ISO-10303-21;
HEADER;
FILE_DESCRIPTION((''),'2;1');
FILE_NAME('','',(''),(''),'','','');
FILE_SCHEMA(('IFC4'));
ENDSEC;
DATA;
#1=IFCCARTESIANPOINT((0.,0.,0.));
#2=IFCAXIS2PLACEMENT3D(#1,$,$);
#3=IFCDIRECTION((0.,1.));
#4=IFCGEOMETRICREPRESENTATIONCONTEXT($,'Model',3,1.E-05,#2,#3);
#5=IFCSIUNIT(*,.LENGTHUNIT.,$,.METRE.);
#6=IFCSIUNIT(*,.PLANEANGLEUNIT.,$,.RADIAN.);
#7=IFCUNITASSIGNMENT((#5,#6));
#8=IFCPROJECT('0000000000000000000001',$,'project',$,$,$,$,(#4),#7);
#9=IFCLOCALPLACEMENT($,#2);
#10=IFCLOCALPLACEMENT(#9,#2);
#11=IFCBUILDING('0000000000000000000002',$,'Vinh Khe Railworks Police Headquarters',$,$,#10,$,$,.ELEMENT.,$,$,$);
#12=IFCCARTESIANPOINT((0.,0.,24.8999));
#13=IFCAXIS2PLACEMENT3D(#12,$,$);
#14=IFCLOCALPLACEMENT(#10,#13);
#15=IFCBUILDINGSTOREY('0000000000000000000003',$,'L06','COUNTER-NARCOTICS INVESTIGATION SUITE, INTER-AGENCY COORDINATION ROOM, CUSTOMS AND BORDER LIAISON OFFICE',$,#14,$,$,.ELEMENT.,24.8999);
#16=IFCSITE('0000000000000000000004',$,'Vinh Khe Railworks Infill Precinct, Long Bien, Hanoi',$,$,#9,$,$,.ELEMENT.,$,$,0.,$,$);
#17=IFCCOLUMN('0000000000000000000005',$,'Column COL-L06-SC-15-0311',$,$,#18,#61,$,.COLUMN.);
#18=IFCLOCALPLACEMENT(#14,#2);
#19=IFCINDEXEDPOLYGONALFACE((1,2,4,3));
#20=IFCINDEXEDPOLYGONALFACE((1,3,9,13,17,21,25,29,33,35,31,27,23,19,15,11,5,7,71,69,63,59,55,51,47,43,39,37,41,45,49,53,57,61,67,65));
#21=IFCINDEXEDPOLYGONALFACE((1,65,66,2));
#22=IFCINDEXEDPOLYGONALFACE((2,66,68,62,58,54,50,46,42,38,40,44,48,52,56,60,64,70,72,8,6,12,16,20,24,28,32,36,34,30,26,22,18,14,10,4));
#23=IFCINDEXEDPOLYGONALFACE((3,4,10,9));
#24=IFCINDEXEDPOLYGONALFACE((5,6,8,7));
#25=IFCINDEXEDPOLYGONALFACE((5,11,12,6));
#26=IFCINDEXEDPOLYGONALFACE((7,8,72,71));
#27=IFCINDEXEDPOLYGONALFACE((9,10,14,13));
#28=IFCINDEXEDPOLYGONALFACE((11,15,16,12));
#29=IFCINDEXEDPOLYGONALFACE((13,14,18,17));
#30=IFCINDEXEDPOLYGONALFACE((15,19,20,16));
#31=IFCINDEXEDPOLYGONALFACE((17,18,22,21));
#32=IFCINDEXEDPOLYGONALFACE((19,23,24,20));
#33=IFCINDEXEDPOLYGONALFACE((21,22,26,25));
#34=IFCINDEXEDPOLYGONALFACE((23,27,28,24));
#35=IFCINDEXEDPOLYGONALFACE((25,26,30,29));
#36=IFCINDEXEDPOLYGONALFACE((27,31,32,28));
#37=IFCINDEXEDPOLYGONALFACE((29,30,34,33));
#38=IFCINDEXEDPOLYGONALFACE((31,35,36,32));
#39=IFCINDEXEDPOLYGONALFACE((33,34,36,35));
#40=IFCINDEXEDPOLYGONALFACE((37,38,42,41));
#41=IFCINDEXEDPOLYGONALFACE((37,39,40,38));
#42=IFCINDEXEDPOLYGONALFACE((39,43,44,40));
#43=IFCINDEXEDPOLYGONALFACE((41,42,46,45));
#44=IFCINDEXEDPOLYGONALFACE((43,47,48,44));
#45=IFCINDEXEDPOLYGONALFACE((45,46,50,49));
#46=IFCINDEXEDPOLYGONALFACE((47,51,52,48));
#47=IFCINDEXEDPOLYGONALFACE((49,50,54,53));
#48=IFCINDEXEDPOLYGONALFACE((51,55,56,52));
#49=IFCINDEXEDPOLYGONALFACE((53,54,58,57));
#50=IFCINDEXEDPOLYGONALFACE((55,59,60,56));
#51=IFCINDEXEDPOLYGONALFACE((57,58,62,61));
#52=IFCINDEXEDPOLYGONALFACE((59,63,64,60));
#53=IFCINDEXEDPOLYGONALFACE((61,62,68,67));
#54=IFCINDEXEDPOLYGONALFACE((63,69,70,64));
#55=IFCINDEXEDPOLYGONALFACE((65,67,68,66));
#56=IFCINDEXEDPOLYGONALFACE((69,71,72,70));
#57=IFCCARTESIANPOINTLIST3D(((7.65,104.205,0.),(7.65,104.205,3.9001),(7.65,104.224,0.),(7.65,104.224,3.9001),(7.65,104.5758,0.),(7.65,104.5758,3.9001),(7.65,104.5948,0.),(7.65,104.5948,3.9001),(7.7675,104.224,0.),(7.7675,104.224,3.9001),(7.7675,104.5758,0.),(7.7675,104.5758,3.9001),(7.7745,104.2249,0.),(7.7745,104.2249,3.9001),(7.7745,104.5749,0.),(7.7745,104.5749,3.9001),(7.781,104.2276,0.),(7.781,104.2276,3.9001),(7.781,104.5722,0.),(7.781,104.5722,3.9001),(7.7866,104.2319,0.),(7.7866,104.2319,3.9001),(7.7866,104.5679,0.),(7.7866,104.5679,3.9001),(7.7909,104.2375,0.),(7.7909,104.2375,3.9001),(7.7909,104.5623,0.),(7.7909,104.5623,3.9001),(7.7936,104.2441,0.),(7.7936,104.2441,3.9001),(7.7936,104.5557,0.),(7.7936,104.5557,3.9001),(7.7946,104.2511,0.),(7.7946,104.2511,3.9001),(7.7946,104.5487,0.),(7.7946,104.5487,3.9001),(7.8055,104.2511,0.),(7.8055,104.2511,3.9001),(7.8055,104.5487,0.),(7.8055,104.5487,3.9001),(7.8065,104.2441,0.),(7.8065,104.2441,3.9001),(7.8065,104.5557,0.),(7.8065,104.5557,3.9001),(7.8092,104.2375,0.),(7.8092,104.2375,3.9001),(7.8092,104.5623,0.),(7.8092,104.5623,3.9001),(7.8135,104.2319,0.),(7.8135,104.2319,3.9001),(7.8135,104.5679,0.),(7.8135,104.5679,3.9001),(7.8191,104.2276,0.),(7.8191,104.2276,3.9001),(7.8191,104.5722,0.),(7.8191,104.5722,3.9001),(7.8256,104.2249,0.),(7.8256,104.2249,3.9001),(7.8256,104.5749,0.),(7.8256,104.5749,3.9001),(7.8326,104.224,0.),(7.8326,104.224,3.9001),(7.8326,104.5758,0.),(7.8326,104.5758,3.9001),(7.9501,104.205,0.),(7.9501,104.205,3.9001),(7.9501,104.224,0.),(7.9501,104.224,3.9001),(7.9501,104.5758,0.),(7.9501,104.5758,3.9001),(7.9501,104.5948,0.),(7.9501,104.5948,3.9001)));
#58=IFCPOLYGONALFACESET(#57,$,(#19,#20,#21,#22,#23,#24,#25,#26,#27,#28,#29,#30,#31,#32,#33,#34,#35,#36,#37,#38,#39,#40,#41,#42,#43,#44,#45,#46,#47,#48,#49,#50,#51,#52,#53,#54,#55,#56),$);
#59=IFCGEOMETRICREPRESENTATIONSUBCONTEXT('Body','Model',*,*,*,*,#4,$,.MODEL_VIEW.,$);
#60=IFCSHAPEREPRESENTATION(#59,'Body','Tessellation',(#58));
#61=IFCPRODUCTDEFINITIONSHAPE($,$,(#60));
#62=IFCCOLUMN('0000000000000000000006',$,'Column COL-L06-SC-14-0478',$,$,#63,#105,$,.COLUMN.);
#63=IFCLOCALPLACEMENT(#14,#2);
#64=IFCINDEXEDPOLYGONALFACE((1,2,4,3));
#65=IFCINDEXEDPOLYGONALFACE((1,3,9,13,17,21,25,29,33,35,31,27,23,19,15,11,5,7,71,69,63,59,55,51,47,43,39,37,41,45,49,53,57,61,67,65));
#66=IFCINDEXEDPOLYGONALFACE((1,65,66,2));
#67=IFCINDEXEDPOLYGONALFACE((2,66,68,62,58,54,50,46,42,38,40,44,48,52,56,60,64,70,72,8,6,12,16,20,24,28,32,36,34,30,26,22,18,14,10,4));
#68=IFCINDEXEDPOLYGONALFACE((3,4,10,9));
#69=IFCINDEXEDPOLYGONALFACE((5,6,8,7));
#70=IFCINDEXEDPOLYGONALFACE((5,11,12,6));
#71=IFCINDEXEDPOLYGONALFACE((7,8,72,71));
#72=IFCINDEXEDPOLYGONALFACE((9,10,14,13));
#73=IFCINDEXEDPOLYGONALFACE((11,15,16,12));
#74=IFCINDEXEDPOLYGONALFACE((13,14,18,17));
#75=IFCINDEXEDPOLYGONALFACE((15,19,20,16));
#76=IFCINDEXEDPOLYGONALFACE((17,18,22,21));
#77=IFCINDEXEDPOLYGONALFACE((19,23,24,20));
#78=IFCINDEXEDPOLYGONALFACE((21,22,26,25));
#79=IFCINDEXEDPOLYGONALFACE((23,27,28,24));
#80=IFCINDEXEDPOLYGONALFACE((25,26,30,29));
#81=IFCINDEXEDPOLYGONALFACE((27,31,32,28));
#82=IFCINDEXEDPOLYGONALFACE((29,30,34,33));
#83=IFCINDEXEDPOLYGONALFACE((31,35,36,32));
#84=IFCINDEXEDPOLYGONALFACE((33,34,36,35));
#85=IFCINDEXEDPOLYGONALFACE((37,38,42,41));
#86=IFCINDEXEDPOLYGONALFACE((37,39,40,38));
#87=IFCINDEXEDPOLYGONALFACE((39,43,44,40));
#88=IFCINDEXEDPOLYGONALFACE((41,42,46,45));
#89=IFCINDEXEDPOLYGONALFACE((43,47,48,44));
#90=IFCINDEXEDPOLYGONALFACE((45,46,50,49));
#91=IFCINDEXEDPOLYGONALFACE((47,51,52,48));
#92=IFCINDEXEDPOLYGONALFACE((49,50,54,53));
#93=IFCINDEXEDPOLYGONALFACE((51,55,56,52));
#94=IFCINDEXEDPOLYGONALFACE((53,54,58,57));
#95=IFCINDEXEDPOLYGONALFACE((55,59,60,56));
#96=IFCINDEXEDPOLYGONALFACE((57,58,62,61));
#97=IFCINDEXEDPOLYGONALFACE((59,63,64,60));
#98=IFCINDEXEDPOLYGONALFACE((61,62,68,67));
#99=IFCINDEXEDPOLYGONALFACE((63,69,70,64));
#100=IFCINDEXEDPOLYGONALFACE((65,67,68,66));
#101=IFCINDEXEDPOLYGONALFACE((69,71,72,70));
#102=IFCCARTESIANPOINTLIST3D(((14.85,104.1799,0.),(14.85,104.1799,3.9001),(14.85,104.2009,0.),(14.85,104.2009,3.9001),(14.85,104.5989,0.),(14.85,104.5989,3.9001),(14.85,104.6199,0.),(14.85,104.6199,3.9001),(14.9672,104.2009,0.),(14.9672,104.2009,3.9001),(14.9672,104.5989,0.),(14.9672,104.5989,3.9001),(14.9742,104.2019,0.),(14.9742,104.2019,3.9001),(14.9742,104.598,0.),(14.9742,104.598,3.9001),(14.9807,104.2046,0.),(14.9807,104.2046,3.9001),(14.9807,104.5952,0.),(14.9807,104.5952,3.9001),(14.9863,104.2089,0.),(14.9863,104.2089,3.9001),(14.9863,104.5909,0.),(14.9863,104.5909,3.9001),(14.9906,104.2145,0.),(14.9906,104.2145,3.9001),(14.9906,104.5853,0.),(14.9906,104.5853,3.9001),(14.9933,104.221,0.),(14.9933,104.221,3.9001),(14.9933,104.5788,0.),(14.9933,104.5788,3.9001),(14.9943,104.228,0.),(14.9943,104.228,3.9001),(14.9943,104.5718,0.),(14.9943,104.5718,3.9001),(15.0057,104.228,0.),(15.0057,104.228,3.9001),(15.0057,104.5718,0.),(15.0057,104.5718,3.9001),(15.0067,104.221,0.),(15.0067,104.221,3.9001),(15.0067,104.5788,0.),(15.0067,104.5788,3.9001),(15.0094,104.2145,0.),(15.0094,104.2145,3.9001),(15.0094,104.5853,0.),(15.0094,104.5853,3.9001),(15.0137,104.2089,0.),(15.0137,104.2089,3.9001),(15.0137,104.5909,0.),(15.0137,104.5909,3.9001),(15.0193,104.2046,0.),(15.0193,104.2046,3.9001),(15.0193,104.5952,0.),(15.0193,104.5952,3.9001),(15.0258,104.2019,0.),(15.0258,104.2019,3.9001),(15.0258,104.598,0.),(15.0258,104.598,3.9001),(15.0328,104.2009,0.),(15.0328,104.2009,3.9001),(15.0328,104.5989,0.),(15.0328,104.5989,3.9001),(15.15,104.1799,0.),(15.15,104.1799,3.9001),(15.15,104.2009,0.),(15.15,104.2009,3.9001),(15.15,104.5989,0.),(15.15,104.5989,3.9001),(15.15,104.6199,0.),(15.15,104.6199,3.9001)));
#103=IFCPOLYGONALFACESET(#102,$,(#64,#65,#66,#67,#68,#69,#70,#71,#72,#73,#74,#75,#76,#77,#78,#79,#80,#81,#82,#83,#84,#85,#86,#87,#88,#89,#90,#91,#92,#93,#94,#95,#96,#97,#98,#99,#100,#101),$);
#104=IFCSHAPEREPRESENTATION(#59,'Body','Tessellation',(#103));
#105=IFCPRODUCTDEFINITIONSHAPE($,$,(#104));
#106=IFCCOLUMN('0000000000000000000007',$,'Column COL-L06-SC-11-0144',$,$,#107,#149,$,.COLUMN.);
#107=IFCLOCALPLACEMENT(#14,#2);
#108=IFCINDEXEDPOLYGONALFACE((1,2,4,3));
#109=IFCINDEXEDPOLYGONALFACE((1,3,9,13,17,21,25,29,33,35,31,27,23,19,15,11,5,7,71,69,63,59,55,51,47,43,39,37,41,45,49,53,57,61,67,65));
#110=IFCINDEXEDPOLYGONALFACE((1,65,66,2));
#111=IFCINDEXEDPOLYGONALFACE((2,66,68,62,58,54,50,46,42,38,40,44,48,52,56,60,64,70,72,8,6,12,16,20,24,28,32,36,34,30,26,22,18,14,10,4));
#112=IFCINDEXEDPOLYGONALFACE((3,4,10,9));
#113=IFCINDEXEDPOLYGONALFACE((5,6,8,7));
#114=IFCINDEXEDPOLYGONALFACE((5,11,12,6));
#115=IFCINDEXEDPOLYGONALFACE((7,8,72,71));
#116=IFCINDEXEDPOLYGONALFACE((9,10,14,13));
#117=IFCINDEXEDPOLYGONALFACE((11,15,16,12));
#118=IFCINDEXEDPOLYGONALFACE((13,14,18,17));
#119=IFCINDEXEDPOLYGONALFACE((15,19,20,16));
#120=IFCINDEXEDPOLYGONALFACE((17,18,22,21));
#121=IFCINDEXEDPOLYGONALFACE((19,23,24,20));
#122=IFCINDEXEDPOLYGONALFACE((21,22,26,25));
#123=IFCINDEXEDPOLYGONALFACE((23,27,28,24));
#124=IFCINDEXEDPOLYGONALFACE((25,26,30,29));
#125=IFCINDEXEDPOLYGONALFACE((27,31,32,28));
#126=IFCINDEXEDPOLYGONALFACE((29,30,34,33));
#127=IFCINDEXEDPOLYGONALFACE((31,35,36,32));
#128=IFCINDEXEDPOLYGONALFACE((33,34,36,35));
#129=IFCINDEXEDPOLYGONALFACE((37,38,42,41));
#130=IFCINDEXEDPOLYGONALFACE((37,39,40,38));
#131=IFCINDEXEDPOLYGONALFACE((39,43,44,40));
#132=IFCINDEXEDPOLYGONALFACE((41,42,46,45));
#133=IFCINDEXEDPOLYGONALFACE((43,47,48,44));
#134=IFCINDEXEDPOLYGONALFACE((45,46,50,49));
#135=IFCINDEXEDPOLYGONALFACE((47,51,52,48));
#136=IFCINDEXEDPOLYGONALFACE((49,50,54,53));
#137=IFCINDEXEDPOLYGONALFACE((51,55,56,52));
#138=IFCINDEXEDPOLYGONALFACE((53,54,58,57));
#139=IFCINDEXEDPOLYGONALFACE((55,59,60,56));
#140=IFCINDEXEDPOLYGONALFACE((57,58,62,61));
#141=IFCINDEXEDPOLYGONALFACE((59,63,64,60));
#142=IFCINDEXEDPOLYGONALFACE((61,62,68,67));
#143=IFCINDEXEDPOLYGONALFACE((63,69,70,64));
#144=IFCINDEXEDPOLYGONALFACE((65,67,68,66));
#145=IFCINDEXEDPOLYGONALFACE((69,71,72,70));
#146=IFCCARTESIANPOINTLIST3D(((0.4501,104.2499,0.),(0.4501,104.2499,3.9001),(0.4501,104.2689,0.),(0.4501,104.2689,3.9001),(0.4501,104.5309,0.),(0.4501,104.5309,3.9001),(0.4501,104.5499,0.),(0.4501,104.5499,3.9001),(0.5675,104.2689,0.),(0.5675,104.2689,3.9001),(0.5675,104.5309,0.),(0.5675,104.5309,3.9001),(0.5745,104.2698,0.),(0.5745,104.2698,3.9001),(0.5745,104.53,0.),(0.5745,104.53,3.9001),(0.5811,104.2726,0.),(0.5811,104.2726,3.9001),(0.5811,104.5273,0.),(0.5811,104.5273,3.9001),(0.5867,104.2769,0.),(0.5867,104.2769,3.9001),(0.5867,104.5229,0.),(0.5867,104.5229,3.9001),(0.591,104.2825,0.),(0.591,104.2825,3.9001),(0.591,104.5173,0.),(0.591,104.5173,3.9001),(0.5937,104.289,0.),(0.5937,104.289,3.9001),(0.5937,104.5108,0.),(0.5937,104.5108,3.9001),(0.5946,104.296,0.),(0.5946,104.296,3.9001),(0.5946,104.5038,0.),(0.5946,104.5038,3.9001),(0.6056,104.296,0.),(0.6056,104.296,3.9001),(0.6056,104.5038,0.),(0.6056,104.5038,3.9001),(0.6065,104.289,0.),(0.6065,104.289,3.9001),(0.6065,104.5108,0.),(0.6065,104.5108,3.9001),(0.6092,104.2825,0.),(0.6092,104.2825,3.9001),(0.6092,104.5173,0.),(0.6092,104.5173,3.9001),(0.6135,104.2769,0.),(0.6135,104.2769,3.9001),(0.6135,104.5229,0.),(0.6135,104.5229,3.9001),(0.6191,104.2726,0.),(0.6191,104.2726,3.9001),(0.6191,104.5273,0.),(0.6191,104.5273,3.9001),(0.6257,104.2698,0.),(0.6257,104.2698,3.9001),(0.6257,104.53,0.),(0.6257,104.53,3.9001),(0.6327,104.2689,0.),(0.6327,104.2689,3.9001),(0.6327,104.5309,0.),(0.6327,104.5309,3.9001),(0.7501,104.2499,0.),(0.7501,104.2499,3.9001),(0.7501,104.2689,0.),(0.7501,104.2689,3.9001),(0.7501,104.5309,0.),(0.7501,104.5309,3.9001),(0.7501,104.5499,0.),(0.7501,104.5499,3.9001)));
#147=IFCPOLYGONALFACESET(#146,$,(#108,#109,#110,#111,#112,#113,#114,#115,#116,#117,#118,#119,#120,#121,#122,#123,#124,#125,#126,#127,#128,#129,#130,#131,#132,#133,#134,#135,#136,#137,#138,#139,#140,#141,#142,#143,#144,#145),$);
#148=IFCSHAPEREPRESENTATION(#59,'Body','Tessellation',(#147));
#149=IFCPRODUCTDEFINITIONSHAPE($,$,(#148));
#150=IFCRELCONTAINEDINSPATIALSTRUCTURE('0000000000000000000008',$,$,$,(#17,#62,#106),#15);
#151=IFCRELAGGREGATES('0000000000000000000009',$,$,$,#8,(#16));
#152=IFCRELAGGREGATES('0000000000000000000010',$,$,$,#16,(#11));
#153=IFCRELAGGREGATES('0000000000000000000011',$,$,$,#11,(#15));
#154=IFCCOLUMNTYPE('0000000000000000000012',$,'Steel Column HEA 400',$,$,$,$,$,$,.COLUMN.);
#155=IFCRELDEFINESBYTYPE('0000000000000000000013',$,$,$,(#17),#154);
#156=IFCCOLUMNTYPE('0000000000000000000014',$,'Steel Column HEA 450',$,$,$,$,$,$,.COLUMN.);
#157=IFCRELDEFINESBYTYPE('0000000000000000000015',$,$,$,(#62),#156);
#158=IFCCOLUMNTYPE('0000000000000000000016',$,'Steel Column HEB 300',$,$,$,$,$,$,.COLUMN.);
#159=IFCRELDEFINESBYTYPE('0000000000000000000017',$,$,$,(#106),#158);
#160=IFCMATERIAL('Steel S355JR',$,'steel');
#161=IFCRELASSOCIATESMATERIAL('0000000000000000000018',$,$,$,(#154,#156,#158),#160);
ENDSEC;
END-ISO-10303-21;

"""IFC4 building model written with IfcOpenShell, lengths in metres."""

from ifc_helpers import new_model, si_unit, direction, frame, origin, origin_2d, place, context, subcontext, project, spatial, i_section, extrude, material, material_profile, profile_set, type_object, element, save


model = new_model("IFC4")

# Units and contexts
model_context = context("Model", 3, precision=1e-05, world=origin(), true_north=direction((0.0, 1.0)))
body_context = subcontext(model_context, "Body", "Model", "MODEL_VIEW")
ifc_project = project(units=[si_unit("LENGTHUNIT", "METRE"), si_unit("PLANEANGLEUNIT", "RADIAN")], contexts=[model_context])

# Site, building, storey
site_placement = place(None, origin())
site = spatial("IfcSite", under=ifc_project, at=site_placement, Name="Vinh Khe Railworks Infill Precinct, Long Bien, Hanoi", CompositionType="ELEMENT", RefElevation=0.0)
building_placement = place(site_placement, origin())
building = spatial("IfcBuilding", under=site, at=building_placement, Name="Vinh Khe Railworks Police Headquarters", CompositionType="ELEMENT")
storey_placement = place(building_placement, frame((0.0, 0.0, 24.8999)))
storey = spatial("IfcBuildingStorey", under=building, at=storey_placement, Name="L06", Description="COUNTER-NARCOTICS INVESTIGATION SUITE, INTER-AGENCY COORDINATION ROOM, CUSTOMS AND BORDER LIAISON OFFICE", CompositionType="ELEMENT", Elevation=24.8999)

# Columns
ifc_material_1 = material(Name="Steel S355JR", Category="steel")
ifc_material_profile_1 = material_profile(ifc_material_1, i_section(OverallWidth=0.3, OverallDepth=0.3899, WebThickness=0.011, FlangeThickness=0.019, FilletRadius=0.0271, at=origin_2d()), Name="HEA 400")
ifc_profile_set_1 = profile_set([ifc_material_profile_1], Name="Steel S355JR")
column_type_1 = type_object("IfcColumnType", Name="Steel Column HEA 400", PredefinedType="COLUMN", material=ifc_profile_set_1)
column_1_placement = place(storey_placement, frame((7.8, 104.3999, 0.0), z_axis=(0.0, 0.0, 1.0), x_axis=(1.0, 0.0, 0.0)))
element("IfcColumn", 1, at=column_1_placement, inside=storey, type_object=column_type_1, Name="Column COL-L06-SC-15-0311", PredefinedType="COLUMN", context=body_context, shape_type="SweptSolid", body=[
    extrude(i_section(OverallWidth=0.3, OverallDepth=0.3899, WebThickness=0.011, FlangeThickness=0.019, FilletRadius=0.0271, at=origin_2d()), origin(), (0.0, 0.0, 1.0), 3.9001),
])
ifc_material_profile_2 = material_profile(ifc_material_1, i_section(OverallWidth=0.3, OverallDepth=0.4399, WebThickness=0.0115, FlangeThickness=0.021, FilletRadius=0.0271, at=origin_2d()), Name="HEA 450")
ifc_profile_set_2 = profile_set([ifc_material_profile_2], Name="Steel S355JR")
column_type_2 = type_object("IfcColumnType", Name="Steel Column HEA 450", PredefinedType="COLUMN", material=ifc_profile_set_2)
column_2_placement = place(storey_placement, frame((15.0, 104.3999, 0.0), z_axis=(0.0, 0.0, 1.0), x_axis=(1.0, 0.0, 0.0)))
element("IfcColumn", 2, at=column_2_placement, inside=storey, type_object=column_type_2, Name="Column COL-L06-SC-14-0478", PredefinedType="COLUMN", context=body_context, shape_type="SweptSolid", body=[
    extrude(i_section(OverallWidth=0.3, OverallDepth=0.4399, WebThickness=0.0115, FlangeThickness=0.021, FilletRadius=0.0271, at=origin_2d()), origin(), (0.0, 0.0, 1.0), 3.9001),
])
ifc_material_profile_3 = material_profile(ifc_material_1, i_section(OverallWidth=0.3, OverallDepth=0.3, WebThickness=0.011, FlangeThickness=0.019, FilletRadius=0.0271, at=origin_2d()), Name="HEB 300")
ifc_profile_set_3 = profile_set([ifc_material_profile_3], Name="Steel S355JR")
column_type_3 = type_object("IfcColumnType", Name="Steel Column HEB 300", PredefinedType="COLUMN", material=ifc_profile_set_3)
column_3_placement = place(storey_placement, frame((0.6001, 104.3999, 0.0), z_axis=(0.0, 0.0, 1.0), x_axis=(1.0, 0.0, 0.0)))
element("IfcColumn", 3, at=column_3_placement, inside=storey, type_object=column_type_3, Name="Column COL-L06-SC-11-0144", PredefinedType="COLUMN", context=body_context, shape_type="SweptSolid", body=[
    extrude(i_section(OverallWidth=0.3, OverallDepth=0.3, WebThickness=0.011, FlangeThickness=0.019, FilletRadius=0.0271, at=origin_2d()), origin(), (0.0, 0.0, 1.0), 3.9001),
])

save(model, "model.ifc")
